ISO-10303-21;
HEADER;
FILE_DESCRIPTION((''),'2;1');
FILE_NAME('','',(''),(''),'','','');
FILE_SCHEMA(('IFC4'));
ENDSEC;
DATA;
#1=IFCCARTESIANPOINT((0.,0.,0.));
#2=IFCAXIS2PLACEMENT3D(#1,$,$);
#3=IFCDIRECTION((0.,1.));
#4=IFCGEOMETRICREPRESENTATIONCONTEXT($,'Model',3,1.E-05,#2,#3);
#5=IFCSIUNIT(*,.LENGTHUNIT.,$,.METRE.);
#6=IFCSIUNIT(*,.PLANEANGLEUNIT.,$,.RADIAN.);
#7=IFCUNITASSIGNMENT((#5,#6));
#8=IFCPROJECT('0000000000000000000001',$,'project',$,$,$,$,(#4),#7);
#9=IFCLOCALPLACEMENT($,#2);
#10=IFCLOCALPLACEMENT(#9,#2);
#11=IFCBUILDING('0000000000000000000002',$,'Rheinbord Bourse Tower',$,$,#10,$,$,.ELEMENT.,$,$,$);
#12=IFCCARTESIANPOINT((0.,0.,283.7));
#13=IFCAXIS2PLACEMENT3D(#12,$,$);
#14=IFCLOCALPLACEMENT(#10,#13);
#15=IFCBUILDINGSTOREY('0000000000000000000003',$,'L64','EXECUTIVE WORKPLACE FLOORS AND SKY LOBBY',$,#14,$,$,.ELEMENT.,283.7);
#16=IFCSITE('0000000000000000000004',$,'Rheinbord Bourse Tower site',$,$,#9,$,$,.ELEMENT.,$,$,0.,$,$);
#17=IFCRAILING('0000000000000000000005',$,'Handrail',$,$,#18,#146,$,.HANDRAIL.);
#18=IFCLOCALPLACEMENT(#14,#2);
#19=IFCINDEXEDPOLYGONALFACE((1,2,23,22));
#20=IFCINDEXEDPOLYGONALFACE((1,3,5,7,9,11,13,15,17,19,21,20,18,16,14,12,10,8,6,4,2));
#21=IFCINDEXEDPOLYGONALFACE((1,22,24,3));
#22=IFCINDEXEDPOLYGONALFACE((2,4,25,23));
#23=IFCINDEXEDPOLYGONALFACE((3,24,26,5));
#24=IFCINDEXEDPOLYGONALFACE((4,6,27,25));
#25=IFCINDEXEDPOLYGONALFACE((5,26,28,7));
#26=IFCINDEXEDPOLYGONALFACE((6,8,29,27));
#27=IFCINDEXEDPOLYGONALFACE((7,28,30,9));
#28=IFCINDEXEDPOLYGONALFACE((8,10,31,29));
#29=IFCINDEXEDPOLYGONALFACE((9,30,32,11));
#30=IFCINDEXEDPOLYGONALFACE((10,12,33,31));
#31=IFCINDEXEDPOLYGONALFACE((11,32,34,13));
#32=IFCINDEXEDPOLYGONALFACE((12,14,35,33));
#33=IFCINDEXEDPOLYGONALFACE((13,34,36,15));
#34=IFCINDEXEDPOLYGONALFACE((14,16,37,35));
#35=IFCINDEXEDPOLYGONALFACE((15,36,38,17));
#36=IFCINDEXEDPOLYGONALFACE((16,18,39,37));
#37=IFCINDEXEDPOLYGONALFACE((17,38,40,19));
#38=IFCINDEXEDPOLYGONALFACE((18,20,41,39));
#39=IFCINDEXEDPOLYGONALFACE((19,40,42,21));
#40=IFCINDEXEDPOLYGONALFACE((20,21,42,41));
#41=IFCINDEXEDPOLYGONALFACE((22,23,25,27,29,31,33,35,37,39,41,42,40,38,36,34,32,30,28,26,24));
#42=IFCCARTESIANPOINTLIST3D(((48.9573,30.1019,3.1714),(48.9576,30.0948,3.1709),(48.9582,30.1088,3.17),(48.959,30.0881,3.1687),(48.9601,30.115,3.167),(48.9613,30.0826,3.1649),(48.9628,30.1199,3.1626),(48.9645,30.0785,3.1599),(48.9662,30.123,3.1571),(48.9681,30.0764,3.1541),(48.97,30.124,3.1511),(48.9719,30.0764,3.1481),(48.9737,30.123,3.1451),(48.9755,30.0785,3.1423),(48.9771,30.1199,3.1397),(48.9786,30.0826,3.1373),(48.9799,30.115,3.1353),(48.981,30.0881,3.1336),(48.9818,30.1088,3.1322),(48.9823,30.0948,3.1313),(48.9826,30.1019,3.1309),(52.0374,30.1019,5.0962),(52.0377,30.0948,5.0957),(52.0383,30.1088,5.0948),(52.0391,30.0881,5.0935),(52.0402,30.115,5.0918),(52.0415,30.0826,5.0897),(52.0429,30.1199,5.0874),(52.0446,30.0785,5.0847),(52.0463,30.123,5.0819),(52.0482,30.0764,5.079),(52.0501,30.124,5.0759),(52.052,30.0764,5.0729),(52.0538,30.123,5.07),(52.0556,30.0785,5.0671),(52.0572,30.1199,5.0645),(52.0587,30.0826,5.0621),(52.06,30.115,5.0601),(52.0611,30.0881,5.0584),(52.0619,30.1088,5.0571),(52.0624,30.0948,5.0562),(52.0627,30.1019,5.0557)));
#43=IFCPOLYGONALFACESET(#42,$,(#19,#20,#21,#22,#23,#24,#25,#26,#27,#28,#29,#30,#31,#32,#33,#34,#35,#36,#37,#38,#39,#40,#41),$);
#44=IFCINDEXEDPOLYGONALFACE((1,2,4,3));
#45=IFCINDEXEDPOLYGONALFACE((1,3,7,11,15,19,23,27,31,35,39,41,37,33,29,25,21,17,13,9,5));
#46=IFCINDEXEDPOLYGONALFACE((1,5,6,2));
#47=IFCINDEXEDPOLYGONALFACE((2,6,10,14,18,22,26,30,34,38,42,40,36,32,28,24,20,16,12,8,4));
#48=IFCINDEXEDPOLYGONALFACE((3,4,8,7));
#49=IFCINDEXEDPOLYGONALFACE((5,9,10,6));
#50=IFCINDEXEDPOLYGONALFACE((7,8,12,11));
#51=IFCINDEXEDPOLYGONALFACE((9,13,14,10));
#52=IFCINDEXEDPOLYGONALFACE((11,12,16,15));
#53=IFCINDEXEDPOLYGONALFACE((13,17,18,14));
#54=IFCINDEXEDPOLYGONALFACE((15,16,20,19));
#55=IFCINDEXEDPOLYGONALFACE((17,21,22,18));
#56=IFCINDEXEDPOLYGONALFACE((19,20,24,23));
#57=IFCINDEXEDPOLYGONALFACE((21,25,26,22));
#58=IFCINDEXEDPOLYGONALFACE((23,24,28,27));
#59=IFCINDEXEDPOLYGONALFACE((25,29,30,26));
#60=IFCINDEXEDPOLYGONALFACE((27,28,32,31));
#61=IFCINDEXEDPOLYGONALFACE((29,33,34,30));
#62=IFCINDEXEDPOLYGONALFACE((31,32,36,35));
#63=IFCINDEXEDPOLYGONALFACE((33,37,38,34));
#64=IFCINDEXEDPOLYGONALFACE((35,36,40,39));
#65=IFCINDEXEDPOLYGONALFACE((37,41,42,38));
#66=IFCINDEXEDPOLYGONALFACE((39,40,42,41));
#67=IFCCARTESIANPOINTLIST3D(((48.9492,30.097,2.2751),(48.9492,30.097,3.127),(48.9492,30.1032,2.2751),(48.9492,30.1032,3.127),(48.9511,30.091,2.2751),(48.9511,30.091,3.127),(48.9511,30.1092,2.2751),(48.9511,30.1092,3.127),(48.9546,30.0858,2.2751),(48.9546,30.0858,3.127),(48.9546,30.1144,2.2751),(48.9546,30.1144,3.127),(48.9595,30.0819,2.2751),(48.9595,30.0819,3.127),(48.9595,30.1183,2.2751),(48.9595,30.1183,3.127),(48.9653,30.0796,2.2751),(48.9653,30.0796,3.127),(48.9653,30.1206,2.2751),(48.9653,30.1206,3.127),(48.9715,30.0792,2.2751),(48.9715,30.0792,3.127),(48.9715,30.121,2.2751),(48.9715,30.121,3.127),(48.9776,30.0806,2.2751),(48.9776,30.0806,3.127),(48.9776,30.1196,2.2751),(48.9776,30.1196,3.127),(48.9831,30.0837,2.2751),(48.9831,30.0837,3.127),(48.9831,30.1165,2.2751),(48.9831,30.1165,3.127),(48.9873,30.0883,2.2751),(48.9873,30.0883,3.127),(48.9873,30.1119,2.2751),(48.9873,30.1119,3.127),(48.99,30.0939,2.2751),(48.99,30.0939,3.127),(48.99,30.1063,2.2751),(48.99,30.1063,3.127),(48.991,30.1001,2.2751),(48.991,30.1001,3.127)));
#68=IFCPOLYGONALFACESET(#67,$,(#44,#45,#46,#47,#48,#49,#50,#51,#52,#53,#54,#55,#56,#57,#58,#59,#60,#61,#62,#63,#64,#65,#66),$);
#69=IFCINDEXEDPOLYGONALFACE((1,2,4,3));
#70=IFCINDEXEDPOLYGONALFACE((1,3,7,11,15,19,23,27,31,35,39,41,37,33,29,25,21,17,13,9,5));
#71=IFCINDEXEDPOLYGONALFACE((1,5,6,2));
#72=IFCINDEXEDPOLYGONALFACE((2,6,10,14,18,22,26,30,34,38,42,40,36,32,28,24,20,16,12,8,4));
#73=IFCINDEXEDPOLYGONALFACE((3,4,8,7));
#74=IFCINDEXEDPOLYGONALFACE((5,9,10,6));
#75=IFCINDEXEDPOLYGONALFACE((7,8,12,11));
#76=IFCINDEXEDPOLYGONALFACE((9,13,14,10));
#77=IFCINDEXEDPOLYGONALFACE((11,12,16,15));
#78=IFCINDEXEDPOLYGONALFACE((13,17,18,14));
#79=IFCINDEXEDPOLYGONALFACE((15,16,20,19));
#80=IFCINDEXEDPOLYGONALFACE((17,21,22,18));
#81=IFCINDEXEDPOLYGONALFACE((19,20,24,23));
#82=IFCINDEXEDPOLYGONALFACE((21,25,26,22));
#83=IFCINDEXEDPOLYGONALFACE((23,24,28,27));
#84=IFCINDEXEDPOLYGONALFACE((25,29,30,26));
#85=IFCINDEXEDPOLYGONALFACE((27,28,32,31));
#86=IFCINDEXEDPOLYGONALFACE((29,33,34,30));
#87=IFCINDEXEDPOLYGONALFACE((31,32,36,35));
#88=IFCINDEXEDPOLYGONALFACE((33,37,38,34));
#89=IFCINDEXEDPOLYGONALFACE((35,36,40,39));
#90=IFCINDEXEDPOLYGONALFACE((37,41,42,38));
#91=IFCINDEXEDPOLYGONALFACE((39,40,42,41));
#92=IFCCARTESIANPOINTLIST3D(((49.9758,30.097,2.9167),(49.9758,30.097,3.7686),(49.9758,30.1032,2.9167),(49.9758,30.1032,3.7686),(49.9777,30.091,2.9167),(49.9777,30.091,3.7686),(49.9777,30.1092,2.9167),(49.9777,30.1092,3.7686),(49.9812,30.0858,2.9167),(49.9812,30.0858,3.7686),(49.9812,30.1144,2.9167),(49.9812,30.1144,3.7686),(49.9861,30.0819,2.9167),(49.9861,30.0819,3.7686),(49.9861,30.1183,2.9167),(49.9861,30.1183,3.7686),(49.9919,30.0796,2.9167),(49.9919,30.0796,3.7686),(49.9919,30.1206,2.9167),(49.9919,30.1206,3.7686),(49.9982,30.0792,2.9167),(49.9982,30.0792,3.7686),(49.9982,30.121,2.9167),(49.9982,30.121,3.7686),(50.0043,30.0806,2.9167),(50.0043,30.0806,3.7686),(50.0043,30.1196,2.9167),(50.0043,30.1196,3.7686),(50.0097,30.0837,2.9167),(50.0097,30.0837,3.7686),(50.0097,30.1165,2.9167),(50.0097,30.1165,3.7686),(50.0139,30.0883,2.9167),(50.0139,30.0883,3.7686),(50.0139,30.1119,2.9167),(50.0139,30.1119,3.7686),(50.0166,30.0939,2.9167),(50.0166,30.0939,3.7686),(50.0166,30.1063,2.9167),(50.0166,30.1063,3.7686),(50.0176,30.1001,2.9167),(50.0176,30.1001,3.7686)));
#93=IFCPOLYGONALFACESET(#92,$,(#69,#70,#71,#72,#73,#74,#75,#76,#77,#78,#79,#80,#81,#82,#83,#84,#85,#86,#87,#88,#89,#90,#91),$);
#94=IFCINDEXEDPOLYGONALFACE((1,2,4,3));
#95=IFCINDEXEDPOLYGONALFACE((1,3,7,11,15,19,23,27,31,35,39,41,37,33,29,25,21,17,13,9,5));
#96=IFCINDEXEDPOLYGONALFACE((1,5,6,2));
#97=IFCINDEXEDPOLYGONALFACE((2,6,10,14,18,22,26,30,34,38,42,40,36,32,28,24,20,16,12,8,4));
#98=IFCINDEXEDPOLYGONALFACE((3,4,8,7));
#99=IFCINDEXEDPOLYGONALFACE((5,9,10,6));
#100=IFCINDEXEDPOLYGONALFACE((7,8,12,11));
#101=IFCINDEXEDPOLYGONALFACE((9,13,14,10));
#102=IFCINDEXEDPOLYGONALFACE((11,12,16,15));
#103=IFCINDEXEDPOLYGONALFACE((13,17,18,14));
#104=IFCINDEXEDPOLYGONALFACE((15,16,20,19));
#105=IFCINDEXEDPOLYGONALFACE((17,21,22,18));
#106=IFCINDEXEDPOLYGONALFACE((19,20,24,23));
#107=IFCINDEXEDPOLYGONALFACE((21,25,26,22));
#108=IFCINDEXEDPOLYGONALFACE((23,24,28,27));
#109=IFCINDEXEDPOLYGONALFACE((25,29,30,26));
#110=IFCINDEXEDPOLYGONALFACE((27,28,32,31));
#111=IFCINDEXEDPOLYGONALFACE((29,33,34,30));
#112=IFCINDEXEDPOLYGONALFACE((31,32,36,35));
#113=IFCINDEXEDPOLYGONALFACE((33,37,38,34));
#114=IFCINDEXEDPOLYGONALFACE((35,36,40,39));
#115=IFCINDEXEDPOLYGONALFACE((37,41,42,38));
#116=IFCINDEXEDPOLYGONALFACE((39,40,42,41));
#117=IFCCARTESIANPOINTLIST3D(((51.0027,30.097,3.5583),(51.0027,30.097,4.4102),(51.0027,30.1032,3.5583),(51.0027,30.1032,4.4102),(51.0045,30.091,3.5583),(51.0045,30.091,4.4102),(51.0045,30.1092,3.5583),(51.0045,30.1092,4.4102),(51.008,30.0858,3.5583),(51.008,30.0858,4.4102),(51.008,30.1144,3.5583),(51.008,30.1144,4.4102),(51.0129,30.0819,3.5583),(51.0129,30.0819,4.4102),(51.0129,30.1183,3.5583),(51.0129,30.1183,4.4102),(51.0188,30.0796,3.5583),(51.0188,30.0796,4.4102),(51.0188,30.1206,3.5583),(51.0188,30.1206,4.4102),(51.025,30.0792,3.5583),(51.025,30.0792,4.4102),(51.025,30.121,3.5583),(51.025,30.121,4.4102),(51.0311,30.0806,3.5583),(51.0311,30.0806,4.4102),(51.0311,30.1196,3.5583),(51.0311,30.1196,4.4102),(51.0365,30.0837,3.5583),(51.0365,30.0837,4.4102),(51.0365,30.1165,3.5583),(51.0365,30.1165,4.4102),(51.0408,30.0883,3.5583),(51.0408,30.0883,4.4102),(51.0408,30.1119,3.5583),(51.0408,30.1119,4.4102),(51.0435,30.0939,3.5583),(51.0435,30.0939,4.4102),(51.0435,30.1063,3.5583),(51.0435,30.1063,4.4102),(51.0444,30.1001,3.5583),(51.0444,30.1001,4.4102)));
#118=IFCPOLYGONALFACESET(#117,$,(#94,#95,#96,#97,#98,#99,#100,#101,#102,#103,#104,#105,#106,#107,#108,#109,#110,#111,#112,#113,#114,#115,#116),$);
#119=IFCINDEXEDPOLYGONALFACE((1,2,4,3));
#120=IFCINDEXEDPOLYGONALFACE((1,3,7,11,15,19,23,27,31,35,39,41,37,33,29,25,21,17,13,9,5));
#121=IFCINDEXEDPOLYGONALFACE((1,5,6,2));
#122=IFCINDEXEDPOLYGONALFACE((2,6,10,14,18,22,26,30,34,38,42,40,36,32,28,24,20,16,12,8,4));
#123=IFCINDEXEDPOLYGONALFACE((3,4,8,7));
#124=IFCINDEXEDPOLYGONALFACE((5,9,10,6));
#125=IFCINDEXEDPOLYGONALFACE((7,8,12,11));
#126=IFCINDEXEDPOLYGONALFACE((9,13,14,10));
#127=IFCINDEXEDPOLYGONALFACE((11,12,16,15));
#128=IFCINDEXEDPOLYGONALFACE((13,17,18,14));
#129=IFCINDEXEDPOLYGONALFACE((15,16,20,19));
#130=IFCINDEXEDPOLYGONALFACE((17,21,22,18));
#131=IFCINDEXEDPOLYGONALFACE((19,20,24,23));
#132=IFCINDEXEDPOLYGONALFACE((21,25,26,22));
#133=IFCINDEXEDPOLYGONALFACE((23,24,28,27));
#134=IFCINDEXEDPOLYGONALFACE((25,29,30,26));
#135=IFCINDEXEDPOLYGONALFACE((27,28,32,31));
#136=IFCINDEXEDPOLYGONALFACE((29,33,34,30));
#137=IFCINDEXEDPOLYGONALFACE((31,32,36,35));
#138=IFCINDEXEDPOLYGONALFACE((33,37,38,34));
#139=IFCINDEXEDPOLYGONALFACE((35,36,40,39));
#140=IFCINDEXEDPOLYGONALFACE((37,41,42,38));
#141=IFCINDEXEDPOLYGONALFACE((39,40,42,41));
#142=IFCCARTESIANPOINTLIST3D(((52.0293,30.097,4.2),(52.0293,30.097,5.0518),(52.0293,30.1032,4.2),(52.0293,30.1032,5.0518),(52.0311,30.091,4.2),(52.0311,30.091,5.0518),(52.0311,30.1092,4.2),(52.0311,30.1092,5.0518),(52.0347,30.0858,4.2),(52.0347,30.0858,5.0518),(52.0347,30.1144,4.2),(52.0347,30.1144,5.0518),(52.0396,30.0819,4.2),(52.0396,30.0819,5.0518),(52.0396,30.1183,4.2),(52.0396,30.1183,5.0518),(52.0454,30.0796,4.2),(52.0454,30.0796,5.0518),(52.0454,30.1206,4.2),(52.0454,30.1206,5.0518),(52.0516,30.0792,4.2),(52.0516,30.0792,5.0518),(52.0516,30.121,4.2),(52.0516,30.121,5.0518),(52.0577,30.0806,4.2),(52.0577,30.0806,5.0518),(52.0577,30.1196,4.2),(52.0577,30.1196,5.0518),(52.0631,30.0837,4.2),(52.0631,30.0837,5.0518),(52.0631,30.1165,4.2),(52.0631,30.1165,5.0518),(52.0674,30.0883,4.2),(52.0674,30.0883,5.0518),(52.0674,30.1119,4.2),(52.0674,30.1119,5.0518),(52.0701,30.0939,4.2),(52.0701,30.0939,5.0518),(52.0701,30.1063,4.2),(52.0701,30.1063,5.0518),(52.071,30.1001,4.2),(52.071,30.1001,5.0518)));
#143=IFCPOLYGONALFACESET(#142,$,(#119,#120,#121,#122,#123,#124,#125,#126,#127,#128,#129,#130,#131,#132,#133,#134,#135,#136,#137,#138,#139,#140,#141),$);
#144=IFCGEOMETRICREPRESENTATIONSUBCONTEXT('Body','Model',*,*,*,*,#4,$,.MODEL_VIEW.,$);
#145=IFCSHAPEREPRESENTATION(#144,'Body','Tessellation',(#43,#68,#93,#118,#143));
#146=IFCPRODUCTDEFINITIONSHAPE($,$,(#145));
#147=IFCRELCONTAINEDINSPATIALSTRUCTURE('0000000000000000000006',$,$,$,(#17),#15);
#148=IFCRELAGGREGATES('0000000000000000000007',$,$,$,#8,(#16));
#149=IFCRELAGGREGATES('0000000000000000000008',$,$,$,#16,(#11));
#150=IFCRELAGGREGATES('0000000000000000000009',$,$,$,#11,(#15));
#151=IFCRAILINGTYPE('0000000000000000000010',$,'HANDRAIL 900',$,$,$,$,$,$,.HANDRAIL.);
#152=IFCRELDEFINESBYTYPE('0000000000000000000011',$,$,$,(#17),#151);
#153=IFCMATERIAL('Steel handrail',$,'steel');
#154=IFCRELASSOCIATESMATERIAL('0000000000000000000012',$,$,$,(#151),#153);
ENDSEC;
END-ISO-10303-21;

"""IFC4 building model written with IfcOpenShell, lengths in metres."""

from ifc_helpers import new_model, si_unit, direction, frame, origin, origin_2d, place, context, subcontext, project, spatial, circle, extrude, material, type_object, element, save


model = new_model("IFC4")

# Units and contexts
model_context = context("Model", 3, precision=1e-05, world=origin(), true_north=direction((0.0, 1.0)))
body_context = subcontext(model_context, "Body", "Model", "MODEL_VIEW")
ifc_project = project(units=[si_unit("LENGTHUNIT", "METRE"), si_unit("PLANEANGLEUNIT", "RADIAN")], contexts=[model_context])

# Site, building, storey
site_placement = place(None, origin())
site = spatial("IfcSite", under=ifc_project, at=site_placement, Name="Rheinbord Bourse Tower site", CompositionType="ELEMENT", RefElevation=0.0)
building_placement = place(site_placement, origin())
building = spatial("IfcBuilding", under=site, at=building_placement, Name="Rheinbord Bourse Tower", CompositionType="ELEMENT")
storey_placement = place(building_placement, frame((0.0, 0.0, 283.7)))
storey = spatial("IfcBuildingStorey", under=building, at=storey_placement, Name="L64", Description="EXECUTIVE WORKPLACE FLOORS AND SKY LOBBY", CompositionType="ELEMENT", Elevation=283.7)

# Railing
ifc_material_1 = material(Name="Steel handrail", Category="steel")
railing_type = type_object("IfcRailingType", Name="HANDRAIL 900", PredefinedType="HANDRAIL", material=ifc_material_1)
railing_1_placement = place(storey_placement, frame((48.97, 30.1001, 2.2751)))
element("IfcRailing", 1, at=railing_1_placement, inside=storey, type_object=railing_type, Name="Handrail", PredefinedType="HANDRAIL", context=body_context, shape_type="SweptSolid", body=[
    extrude(circle(Radius=0.0239, at=origin_2d()), frame((0.0, 0.0, 0.876), z_axis=(0.848029, 0.0, 0.529951), x_axis=(0.0, 1.0, 0.0)), (0.0, 0.0, 1.0), 3.6321),
    extrude(circle(Radius=0.021, at=origin_2d()), origin(), (0.0, 0.0, 1.0), 0.8518),
    extrude(circle(Radius=0.021, at=origin_2d()), frame((1.0266, 0.0, 0.6416)), (0.0, 0.0, 1.0), 0.8518),
    extrude(circle(Radius=0.021, at=origin_2d()), frame((2.0535, 0.0, 1.2832)), (0.0, 0.0, 1.0), 0.8518),
    extrude(circle(Radius=0.021, at=origin_2d()), frame((3.0801, 0.0, 1.9248)), (0.0, 0.0, 1.0), 0.8518),
])

save(model, "model.ifc")
